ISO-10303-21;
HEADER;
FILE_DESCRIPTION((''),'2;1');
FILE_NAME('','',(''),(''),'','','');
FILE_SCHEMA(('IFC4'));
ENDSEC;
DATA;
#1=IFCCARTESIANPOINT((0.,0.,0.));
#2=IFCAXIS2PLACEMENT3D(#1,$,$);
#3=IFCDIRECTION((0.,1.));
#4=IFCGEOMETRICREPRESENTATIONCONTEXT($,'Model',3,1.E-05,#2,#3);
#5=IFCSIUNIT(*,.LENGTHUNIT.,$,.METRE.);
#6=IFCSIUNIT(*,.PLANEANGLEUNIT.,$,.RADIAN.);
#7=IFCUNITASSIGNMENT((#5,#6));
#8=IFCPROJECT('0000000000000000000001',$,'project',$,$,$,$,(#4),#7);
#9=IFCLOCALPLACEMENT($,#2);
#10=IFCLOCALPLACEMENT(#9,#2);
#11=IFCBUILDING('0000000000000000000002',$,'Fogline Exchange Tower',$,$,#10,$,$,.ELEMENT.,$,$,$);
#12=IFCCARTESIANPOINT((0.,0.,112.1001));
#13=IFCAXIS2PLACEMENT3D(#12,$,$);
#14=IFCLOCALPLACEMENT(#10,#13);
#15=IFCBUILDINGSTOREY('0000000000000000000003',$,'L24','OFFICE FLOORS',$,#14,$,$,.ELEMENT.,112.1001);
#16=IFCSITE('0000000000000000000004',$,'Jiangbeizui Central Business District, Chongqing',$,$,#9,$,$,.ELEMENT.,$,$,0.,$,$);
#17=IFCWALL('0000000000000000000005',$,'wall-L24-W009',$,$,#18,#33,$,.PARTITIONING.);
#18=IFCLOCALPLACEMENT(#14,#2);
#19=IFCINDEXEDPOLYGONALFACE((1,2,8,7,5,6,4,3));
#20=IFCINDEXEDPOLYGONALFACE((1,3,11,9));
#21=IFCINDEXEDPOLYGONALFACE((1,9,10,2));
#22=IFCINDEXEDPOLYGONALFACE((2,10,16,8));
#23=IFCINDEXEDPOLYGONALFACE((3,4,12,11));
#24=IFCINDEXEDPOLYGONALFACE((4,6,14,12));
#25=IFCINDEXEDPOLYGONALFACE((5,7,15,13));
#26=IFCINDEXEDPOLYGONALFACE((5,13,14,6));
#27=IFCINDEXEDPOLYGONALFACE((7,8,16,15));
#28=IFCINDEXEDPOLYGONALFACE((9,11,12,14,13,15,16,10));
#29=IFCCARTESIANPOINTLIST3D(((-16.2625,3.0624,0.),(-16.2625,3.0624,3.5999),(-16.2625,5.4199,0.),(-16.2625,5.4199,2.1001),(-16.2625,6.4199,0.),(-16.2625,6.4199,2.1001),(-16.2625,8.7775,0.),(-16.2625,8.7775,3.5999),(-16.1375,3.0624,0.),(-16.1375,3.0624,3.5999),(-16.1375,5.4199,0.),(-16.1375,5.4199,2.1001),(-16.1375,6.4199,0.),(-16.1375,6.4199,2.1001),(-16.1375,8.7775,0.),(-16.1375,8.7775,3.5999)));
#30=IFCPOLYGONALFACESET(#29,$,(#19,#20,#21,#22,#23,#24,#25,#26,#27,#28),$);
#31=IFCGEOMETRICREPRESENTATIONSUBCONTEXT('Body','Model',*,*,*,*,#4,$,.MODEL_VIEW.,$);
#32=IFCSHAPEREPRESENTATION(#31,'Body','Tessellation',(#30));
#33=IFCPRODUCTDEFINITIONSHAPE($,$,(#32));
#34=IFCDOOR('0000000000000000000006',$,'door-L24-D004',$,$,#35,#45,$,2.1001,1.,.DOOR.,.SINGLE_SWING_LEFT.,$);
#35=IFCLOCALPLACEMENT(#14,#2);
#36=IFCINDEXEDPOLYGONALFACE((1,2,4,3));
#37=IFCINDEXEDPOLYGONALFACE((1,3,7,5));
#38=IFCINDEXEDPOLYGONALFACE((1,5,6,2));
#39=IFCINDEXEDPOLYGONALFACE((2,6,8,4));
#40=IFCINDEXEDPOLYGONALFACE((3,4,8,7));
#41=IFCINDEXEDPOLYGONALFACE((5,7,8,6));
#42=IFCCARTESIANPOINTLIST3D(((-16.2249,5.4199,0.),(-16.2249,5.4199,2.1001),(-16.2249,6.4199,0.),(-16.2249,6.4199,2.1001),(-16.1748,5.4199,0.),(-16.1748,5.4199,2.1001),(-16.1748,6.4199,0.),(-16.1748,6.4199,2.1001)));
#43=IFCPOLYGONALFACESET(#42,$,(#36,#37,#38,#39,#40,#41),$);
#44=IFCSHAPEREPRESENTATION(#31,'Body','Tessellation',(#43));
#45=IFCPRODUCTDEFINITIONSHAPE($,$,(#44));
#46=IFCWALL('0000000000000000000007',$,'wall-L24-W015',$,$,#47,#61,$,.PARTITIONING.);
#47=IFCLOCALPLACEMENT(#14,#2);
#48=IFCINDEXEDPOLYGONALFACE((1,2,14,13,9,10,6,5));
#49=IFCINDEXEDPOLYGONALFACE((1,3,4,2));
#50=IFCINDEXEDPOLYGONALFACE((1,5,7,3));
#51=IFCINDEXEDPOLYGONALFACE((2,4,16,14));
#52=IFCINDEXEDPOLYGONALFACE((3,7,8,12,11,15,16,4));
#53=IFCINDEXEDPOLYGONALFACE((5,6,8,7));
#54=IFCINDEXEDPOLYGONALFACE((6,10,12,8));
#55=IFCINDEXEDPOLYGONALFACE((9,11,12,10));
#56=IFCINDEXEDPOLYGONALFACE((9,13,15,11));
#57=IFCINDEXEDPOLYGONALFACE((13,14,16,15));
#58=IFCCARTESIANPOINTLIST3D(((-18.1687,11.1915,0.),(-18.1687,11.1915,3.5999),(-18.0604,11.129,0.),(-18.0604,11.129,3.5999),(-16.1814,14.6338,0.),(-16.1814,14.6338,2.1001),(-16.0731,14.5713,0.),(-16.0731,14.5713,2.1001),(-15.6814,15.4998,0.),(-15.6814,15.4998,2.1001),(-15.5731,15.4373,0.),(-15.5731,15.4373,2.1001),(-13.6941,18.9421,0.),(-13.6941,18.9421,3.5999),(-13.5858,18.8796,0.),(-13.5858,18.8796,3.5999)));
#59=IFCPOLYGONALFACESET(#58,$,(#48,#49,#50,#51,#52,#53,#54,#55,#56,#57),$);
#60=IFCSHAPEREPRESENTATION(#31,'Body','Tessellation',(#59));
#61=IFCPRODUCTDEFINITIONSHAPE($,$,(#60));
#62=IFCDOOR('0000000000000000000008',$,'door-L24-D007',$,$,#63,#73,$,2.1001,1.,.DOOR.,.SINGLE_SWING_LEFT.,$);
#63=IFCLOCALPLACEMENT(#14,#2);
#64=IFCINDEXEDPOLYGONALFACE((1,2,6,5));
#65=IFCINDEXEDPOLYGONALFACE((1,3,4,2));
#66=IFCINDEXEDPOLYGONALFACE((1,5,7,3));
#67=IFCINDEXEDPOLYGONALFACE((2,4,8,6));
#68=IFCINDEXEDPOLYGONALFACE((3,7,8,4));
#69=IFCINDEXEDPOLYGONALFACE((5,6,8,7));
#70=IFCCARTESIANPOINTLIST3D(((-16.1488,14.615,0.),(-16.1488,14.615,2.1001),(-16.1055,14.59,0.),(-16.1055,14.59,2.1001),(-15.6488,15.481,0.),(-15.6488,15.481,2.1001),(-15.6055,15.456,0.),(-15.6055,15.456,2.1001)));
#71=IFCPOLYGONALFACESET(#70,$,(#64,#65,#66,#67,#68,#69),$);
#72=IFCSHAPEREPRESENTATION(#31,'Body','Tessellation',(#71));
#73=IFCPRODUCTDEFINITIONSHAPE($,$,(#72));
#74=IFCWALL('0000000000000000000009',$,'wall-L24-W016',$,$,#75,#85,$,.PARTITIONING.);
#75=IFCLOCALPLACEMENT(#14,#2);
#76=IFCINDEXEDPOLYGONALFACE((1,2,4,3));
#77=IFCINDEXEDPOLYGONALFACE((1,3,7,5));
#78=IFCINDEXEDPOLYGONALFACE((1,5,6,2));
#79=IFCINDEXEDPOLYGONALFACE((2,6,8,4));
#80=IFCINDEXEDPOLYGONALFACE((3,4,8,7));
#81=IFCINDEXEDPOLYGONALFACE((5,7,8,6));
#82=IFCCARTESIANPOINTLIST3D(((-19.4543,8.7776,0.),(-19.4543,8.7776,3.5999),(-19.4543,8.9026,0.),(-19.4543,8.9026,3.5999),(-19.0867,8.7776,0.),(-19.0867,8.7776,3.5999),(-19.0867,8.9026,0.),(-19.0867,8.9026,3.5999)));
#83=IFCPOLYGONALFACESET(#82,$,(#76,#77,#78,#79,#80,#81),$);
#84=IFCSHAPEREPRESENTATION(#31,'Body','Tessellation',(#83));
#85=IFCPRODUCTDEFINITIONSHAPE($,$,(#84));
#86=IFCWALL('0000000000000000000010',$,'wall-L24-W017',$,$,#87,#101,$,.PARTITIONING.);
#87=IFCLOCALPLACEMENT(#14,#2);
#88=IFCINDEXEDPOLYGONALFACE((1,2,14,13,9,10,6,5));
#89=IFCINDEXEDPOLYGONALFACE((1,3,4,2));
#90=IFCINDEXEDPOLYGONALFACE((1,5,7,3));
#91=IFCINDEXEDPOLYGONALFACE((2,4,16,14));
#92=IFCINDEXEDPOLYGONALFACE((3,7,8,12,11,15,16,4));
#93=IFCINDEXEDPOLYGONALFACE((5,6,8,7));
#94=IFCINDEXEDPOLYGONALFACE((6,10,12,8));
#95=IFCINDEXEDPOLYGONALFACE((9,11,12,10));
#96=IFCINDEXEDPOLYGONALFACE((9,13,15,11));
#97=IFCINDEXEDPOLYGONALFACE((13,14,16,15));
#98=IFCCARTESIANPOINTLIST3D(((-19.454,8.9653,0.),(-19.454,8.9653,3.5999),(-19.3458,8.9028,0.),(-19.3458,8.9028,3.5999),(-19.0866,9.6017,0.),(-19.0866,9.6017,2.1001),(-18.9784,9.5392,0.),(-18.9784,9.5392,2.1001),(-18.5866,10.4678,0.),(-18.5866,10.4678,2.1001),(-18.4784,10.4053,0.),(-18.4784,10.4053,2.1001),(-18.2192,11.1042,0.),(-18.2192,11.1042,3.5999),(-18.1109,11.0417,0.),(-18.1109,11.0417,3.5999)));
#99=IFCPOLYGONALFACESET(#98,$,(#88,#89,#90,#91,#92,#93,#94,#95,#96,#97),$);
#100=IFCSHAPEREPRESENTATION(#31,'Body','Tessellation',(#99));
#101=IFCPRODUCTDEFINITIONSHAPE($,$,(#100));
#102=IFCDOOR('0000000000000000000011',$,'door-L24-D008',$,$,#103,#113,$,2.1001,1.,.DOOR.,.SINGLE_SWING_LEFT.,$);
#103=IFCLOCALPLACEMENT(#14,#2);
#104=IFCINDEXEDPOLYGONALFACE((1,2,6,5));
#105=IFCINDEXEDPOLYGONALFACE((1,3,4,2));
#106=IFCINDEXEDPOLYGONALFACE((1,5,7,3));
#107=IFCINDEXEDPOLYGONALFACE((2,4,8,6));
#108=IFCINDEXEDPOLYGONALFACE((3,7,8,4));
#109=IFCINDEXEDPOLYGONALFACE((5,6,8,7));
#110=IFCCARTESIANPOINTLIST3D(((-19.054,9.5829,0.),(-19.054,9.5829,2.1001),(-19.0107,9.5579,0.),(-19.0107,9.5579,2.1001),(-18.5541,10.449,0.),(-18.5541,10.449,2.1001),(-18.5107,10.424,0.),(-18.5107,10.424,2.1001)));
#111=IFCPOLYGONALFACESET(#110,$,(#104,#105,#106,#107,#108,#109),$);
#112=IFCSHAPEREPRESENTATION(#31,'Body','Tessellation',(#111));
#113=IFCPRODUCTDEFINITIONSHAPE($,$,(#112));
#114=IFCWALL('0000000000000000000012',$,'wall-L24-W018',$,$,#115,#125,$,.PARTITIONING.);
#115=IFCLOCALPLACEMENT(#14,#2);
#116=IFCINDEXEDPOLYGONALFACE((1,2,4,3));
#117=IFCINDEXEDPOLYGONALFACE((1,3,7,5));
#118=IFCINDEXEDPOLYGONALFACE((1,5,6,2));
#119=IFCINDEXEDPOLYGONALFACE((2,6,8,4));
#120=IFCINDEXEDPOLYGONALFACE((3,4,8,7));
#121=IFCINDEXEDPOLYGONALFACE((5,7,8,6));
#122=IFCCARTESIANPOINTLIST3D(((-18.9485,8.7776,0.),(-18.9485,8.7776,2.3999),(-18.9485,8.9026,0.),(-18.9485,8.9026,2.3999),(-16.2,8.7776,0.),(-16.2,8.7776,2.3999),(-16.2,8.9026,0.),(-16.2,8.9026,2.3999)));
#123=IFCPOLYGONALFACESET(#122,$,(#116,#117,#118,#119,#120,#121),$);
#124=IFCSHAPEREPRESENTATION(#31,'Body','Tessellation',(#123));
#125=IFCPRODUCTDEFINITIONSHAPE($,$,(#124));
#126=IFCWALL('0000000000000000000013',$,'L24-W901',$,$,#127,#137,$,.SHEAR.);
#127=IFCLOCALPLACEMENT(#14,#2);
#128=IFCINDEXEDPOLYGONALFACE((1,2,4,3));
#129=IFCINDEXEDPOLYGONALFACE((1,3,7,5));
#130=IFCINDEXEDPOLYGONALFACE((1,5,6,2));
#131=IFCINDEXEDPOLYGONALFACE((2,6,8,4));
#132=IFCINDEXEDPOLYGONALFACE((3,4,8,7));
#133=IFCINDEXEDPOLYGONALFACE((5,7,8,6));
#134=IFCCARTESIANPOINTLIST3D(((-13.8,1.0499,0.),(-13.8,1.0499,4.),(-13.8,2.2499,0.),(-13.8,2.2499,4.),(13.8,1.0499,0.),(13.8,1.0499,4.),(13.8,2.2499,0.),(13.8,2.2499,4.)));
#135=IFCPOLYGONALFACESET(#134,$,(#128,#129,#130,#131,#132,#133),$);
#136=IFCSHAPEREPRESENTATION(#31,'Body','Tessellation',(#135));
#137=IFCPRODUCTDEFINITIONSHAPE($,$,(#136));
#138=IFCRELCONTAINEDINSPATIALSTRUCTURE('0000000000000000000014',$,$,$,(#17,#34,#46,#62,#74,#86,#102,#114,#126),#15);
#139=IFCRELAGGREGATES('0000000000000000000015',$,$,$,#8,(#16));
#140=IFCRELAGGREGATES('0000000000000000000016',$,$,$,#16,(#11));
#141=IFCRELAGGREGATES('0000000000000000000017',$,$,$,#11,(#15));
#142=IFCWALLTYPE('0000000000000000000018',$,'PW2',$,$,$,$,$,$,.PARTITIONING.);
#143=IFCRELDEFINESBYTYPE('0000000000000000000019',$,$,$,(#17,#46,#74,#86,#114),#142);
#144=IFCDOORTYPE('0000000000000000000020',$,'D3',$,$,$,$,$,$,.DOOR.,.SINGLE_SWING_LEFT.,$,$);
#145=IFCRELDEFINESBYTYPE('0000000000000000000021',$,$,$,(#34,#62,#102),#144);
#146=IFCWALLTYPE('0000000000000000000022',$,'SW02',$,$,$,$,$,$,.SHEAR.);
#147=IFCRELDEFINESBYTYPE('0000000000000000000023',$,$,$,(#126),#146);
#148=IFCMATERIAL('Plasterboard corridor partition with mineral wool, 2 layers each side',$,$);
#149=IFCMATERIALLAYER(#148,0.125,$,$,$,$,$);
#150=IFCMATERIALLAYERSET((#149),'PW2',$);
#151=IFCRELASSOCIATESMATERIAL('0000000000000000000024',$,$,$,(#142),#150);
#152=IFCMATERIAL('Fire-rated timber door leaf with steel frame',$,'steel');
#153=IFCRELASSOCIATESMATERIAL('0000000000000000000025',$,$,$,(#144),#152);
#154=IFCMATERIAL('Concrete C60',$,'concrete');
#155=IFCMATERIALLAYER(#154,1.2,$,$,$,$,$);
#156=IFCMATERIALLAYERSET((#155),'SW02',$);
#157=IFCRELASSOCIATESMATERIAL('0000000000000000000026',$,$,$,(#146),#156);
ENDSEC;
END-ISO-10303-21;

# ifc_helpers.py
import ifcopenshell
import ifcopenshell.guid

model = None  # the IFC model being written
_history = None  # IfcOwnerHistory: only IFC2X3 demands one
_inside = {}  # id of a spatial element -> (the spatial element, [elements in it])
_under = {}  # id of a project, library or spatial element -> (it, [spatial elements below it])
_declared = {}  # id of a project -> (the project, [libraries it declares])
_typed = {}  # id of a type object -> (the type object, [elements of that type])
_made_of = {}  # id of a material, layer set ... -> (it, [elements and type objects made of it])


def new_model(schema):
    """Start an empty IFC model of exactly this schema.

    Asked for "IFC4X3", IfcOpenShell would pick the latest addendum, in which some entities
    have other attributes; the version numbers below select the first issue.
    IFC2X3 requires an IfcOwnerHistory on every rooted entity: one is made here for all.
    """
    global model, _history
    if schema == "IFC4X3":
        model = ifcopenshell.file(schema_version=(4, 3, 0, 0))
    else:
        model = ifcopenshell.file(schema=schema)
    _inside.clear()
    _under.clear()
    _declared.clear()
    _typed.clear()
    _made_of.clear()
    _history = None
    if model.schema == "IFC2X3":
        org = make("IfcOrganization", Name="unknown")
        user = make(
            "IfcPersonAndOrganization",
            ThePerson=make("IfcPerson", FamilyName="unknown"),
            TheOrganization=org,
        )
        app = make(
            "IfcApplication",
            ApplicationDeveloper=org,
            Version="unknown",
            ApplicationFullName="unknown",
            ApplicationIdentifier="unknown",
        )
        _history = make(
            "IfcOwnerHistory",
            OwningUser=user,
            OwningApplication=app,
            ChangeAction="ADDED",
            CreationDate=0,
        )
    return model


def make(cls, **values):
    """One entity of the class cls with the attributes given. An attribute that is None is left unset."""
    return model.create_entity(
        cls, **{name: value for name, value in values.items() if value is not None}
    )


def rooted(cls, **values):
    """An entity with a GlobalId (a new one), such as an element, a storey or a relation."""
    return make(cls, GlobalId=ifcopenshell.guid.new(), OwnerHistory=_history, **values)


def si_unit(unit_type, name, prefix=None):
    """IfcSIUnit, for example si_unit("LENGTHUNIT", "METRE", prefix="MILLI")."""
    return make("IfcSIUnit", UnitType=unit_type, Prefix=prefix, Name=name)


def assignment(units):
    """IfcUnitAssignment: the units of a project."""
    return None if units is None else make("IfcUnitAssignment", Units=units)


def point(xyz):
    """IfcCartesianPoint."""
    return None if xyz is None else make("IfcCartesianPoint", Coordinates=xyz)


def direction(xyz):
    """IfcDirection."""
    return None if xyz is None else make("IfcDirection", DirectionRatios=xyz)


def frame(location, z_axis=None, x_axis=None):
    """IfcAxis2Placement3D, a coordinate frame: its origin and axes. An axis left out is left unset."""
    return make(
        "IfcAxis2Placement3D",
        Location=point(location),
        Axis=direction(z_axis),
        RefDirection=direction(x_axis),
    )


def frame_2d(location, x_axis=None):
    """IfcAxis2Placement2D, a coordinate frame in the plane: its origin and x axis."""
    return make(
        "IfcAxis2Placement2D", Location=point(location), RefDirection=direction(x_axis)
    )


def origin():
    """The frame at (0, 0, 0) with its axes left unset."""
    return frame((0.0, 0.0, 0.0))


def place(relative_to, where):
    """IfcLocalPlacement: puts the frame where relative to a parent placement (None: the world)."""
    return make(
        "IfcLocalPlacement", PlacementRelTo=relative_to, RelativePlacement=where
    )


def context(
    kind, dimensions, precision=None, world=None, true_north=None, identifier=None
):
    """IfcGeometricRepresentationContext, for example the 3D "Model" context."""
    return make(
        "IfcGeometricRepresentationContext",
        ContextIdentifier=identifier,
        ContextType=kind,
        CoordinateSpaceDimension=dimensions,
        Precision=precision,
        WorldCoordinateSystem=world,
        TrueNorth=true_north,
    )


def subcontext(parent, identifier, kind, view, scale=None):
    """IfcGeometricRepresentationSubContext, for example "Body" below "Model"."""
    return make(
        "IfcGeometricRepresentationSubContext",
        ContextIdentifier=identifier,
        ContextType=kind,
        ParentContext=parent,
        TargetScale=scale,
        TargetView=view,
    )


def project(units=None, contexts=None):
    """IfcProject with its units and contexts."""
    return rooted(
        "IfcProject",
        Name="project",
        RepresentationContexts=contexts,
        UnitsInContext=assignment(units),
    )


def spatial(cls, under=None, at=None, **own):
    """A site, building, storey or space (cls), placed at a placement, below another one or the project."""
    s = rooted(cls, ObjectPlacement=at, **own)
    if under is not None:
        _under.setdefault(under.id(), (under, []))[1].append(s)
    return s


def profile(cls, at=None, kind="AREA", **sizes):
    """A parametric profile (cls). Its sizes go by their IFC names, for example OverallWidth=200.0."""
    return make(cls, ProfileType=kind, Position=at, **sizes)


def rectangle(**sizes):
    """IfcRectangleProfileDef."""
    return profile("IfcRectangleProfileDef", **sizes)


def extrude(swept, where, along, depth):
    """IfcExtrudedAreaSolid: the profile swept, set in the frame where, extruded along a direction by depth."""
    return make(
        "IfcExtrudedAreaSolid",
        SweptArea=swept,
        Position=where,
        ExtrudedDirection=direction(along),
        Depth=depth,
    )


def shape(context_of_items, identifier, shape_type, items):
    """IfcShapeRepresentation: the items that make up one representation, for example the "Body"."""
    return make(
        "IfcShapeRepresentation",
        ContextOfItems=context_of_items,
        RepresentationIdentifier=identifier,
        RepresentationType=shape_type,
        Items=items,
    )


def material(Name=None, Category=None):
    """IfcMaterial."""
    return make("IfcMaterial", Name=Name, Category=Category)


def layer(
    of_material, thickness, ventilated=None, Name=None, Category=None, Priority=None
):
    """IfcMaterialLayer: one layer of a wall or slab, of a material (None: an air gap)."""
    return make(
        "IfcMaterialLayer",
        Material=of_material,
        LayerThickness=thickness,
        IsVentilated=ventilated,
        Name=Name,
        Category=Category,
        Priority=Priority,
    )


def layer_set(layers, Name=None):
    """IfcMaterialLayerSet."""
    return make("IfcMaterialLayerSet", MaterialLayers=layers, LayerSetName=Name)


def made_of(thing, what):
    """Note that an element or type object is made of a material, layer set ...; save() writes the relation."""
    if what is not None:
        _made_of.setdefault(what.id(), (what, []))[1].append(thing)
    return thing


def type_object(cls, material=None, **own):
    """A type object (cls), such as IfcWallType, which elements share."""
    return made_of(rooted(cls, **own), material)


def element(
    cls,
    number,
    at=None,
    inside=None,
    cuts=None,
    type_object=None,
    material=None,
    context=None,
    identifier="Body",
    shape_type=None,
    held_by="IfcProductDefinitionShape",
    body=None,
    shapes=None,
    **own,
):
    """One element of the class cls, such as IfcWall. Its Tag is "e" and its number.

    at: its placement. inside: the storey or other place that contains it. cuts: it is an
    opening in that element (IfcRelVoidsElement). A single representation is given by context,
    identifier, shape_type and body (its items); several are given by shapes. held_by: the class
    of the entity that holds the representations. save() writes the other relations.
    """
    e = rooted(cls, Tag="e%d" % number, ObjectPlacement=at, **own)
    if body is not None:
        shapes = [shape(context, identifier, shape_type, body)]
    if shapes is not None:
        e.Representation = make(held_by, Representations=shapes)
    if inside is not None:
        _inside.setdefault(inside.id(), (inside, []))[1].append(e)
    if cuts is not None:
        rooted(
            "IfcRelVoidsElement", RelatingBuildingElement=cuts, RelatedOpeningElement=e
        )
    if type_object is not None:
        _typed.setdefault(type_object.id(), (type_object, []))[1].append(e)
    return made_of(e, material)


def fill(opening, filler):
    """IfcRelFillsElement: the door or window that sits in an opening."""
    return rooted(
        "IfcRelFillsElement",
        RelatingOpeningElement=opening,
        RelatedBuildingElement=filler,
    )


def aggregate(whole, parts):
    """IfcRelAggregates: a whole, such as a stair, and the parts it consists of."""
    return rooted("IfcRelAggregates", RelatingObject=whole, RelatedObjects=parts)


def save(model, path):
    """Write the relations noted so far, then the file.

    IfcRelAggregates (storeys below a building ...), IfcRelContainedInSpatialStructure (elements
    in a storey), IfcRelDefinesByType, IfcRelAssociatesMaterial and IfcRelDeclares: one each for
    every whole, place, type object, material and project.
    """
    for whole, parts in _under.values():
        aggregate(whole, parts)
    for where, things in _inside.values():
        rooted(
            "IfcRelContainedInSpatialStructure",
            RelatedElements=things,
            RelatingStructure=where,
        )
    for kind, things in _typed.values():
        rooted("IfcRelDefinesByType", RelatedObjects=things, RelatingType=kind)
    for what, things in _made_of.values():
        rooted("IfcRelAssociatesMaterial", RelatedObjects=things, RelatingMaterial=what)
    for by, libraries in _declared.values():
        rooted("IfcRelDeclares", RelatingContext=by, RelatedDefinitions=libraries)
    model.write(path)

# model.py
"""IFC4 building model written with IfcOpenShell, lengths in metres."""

from ifc_helpers import new_model, si_unit, direction, frame, frame_2d, origin, place, context, subcontext, project, spatial, rectangle, extrude, material, layer, layer_set, type_object, element, fill, save


model = new_model("IFC4")

# Units and contexts
model_context = context("Model", 3, precision=1e-05, world=origin(), true_north=direction((0.0, 1.0)))
body_context = subcontext(model_context, "Body", "Model", "MODEL_VIEW")
ifc_project = project(units=[si_unit("LENGTHUNIT", "METRE"), si_unit("PLANEANGLEUNIT", "RADIAN")], contexts=[model_context])

# Site, building, storey
site_placement = place(None, origin())
site = spatial("IfcSite", under=ifc_project, at=site_placement, Name="Jiangbeizui Central Business District, Chongqing", CompositionType="ELEMENT", RefElevation=0.0)
building_placement = place(site_placement, origin())
building = spatial("IfcBuilding", under=site, at=building_placement, Name="Fogline Exchange Tower", CompositionType="ELEMENT")
storey_placement = place(building_placement, frame((0.0, 0.0, 112.1001)))
storey = spatial("IfcBuildingStorey", under=building, at=storey_placement, Name="L24", Description="OFFICE FLOORS", CompositionType="ELEMENT", Elevation=112.1001)

# Shared definitions
ifc_material_1 = material(Name="Plasterboard corridor partition with mineral wool, 2 layers each side")
ifc_layer_1 = layer(ifc_material_1, 0.125)
ifc_layer_set_1 = layer_set([ifc_layer_1], Name="PW2")
wall_type_1 = type_object("IfcWallType", Name="PW2", PredefinedType="PARTITIONING", material=ifc_layer_set_1)

# Walls, openings, doors
wall_1_placement = place(storey_placement, frame((-16.2, 3.0625, 0.0), z_axis=(0.0, 0.0, 1.0), x_axis=(0.0, 1.0, 0.0)))
wall_1 = element("IfcWall", 1, at=wall_1_placement, inside=storey, type_object=wall_type_1, Name="wall-L24-W009", PredefinedType="PARTITIONING", context=body_context, shape_type="SweptSolid", body=[
    extrude(rectangle(XDim=5.7151, YDim=0.125, at=frame_2d((2.8574, 0.0))), origin(), (0.0, 0.0, 1.0), 3.5999),
])
opening_1_placement = place(wall_1_placement, frame((2.3574, 0.0, 0.0)))
opening_1 = element("IfcOpeningElement", 2, at=opening_1_placement, cuts=wall_1, PredefinedType="OPENING", context=body_context, shape_type="SweptSolid", body=[
    extrude(rectangle(XDim=1.0, YDim=2.1001, at=frame_2d((0.5, 1.05))), frame((0.0, 0.0725, 0.0), z_axis=(0.0, -1.0, 0.0), x_axis=(1.0, 0.0, 0.0)), (0.0, 0.0, 1.0), 0.145),
])
ifc_material_2 = material(Name="Fire-rated timber door leaf with steel frame", Category="steel")
door_type_1 = type_object("IfcDoorType", Name="D3", OperationType="SINGLE_SWING_LEFT", PredefinedType="DOOR", material=ifc_material_2)
door_1_placement = place(opening_1_placement, origin())
door_1 = element("IfcDoor", 3, at=door_1_placement, inside=storey, type_object=door_type_1, Name="door-L24-D004", OperationType="SINGLE_SWING_LEFT", OverallHeight=2.1001, OverallWidth=1.0, PredefinedType="DOOR", context=body_context, shape_type="SweptSolid", body=[
    extrude(rectangle(XDim=1.0, YDim=2.1001, at=frame_2d((0.5, 1.05))), frame((0.0, 0.0249, 0.0), z_axis=(0.0, -1.0, 0.0), x_axis=(1.0, 0.0, 0.0)), (0.0, 0.0, 1.0), 0.05),
])
fill(opening_1, door_1)
wall_2_placement = place(storey_placement, frame((-18.1145, 11.1604, 0.0), z_axis=(0.0, 0.0, 1.0), x_axis=(0.499989, 0.866032, 0.0)))
wall_2 = element("IfcWall", 4, at=wall_2_placement, inside=storey, type_object=wall_type_1, Name="wall-L24-W015", PredefinedType="PARTITIONING", context=body_context, shape_type="SweptSolid", body=[
    extrude(rectangle(XDim=8.9495, YDim=0.125, at=frame_2d((4.4746, 0.0))), origin(), (0.0, 0.0, 1.0), 3.5999),
])
opening_2_placement = place(wall_2_placement, frame((3.9746, 0.0, 0.0)))
opening_2 = element("IfcOpeningElement", 5, at=opening_2_placement, cuts=wall_2, PredefinedType="OPENING", context=body_context, shape_type="SweptSolid", body=[
    extrude(rectangle(XDim=1.0, YDim=2.1001, at=frame_2d((0.5, 1.05))), frame((0.0, 0.0725, 0.0), z_axis=(0.0, -1.0, 0.0), x_axis=(1.0, 0.0, 0.0)), (0.0, 0.0, 1.0), 0.145),
])
door_2_placement = place(opening_2_placement, origin())
door_2 = element("IfcDoor", 6, at=door_2_placement, inside=storey, type_object=door_type_1, Name="door-L24-D007", OperationType="SINGLE_SWING_LEFT", OverallHeight=2.1001, OverallWidth=1.0, PredefinedType="DOOR", context=body_context, shape_type="SweptSolid", body=[
    extrude(rectangle(XDim=1.0, YDim=2.1001, at=frame_2d((0.5, 1.05))), frame((0.0, 0.0249, 0.0), z_axis=(0.0, -1.0, 0.0), x_axis=(1.0, 0.0, 0.0)), (0.0, 0.0, 1.0), 0.05),
])
fill(opening_2, door_2)

# Wall
wall_3_placement = place(storey_placement, frame((-19.0867, 8.8401, 0.0), z_axis=(0.0, 0.0, 1.0), x_axis=(-1.0, 0.0, 0.0)))
element("IfcWall", 7, at=wall_3_placement, inside=storey, type_object=wall_type_1, Name="wall-L24-W016", PredefinedType="PARTITIONING", context=body_context, shape_type="SweptSolid", body=[
    extrude(rectangle(XDim=0.3677, YDim=0.125, at=frame_2d((0.1838, 0.0))), origin(), (0.0, 0.0, 1.0), 3.5999),
])

# Wall, opening, door
wall_4_placement = place(storey_placement, frame((-19.3999, 8.9341, 0.0), z_axis=(0.0, 0.0, 1.0), x_axis=(0.499988, 0.866032, 0.0)))
wall_4 = element("IfcWall", 8, at=wall_4_placement, inside=storey, type_object=wall_type_1, Name="wall-L24-W017", PredefinedType="PARTITIONING", context=body_context, shape_type="SweptSolid", body=[
    extrude(rectangle(XDim=2.4697, YDim=0.125, at=frame_2d((1.2349, 0.0))), origin(), (0.0, 0.0, 1.0), 3.5999),
])
opening_3_placement = place(wall_4_placement, frame((0.7349, 0.0, 0.0)))
opening_3 = element("IfcOpeningElement", 9, at=opening_3_placement, cuts=wall_4, PredefinedType="OPENING", context=body_context, shape_type="SweptSolid", body=[
    extrude(rectangle(XDim=1.0, YDim=2.1001, at=frame_2d((0.5, 1.05))), frame((0.0, 0.0725, 0.0), z_axis=(0.0, -1.0, 0.0), x_axis=(1.0, 0.0, 0.0)), (0.0, 0.0, 1.0), 0.145),
])
door_3_placement = place(opening_3_placement, origin())
door_3 = element("IfcDoor", 10, at=door_3_placement, inside=storey, type_object=door_type_1, Name="door-L24-D008", OperationType="SINGLE_SWING_LEFT", OverallHeight=2.1001, OverallWidth=1.0, PredefinedType="DOOR", context=body_context, shape_type="SweptSolid", body=[
    extrude(rectangle(XDim=1.0, YDim=2.1001, at=frame_2d((0.5, 1.05))), frame((0.0, 0.0249, 0.0), z_axis=(0.0, -1.0, 0.0), x_axis=(1.0, 0.0, 0.0)), (0.0, 0.0, 1.0), 0.05),
])
fill(opening_3, door_3)

# Walls
wall_5_placement = place(storey_placement, frame((-16.2, 8.8401, 0.0), z_axis=(0.0, 0.0, 1.0), x_axis=(-1.0, 0.0, 0.0)))
element("IfcWall", 11, at=wall_5_placement, inside=storey, type_object=wall_type_1, Name="wall-L24-W018", PredefinedType="PARTITIONING", context=body_context, shape_type="SweptSolid", body=[
    extrude(rectangle(XDim=2.7485, YDim=0.125, at=frame_2d((1.3743, 0.0))), origin(), (0.0, 0.0, 1.0), 2.3999),
])
ifc_material_3 = material(Name="Concrete C60", Category="concrete")
ifc_layer_2 = layer(ifc_material_3, 1.2)
ifc_layer_set_2 = layer_set([ifc_layer_2], Name="SW02")
wall_type_2 = type_object("IfcWallType", Name="SW02", PredefinedType="SHEAR", material=ifc_layer_set_2)
wall_6_placement = place(storey_placement, frame((-13.8, 1.6499, 0.0), z_axis=(0.0, 0.0, 1.0), x_axis=(1.0, 0.0, 0.0)))
element("IfcWall", 12, at=wall_6_placement, inside=storey, type_object=wall_type_2, Name="L24-W901", PredefinedType="SHEAR", context=body_context, shape_type="SweptSolid", body=[
    extrude(rectangle(XDim=27.6001, YDim=1.2, at=frame_2d((13.8, 0.0))), origin(), (0.0, 0.0, 1.0), 4.0),
])

save(model, "model.ifc")
